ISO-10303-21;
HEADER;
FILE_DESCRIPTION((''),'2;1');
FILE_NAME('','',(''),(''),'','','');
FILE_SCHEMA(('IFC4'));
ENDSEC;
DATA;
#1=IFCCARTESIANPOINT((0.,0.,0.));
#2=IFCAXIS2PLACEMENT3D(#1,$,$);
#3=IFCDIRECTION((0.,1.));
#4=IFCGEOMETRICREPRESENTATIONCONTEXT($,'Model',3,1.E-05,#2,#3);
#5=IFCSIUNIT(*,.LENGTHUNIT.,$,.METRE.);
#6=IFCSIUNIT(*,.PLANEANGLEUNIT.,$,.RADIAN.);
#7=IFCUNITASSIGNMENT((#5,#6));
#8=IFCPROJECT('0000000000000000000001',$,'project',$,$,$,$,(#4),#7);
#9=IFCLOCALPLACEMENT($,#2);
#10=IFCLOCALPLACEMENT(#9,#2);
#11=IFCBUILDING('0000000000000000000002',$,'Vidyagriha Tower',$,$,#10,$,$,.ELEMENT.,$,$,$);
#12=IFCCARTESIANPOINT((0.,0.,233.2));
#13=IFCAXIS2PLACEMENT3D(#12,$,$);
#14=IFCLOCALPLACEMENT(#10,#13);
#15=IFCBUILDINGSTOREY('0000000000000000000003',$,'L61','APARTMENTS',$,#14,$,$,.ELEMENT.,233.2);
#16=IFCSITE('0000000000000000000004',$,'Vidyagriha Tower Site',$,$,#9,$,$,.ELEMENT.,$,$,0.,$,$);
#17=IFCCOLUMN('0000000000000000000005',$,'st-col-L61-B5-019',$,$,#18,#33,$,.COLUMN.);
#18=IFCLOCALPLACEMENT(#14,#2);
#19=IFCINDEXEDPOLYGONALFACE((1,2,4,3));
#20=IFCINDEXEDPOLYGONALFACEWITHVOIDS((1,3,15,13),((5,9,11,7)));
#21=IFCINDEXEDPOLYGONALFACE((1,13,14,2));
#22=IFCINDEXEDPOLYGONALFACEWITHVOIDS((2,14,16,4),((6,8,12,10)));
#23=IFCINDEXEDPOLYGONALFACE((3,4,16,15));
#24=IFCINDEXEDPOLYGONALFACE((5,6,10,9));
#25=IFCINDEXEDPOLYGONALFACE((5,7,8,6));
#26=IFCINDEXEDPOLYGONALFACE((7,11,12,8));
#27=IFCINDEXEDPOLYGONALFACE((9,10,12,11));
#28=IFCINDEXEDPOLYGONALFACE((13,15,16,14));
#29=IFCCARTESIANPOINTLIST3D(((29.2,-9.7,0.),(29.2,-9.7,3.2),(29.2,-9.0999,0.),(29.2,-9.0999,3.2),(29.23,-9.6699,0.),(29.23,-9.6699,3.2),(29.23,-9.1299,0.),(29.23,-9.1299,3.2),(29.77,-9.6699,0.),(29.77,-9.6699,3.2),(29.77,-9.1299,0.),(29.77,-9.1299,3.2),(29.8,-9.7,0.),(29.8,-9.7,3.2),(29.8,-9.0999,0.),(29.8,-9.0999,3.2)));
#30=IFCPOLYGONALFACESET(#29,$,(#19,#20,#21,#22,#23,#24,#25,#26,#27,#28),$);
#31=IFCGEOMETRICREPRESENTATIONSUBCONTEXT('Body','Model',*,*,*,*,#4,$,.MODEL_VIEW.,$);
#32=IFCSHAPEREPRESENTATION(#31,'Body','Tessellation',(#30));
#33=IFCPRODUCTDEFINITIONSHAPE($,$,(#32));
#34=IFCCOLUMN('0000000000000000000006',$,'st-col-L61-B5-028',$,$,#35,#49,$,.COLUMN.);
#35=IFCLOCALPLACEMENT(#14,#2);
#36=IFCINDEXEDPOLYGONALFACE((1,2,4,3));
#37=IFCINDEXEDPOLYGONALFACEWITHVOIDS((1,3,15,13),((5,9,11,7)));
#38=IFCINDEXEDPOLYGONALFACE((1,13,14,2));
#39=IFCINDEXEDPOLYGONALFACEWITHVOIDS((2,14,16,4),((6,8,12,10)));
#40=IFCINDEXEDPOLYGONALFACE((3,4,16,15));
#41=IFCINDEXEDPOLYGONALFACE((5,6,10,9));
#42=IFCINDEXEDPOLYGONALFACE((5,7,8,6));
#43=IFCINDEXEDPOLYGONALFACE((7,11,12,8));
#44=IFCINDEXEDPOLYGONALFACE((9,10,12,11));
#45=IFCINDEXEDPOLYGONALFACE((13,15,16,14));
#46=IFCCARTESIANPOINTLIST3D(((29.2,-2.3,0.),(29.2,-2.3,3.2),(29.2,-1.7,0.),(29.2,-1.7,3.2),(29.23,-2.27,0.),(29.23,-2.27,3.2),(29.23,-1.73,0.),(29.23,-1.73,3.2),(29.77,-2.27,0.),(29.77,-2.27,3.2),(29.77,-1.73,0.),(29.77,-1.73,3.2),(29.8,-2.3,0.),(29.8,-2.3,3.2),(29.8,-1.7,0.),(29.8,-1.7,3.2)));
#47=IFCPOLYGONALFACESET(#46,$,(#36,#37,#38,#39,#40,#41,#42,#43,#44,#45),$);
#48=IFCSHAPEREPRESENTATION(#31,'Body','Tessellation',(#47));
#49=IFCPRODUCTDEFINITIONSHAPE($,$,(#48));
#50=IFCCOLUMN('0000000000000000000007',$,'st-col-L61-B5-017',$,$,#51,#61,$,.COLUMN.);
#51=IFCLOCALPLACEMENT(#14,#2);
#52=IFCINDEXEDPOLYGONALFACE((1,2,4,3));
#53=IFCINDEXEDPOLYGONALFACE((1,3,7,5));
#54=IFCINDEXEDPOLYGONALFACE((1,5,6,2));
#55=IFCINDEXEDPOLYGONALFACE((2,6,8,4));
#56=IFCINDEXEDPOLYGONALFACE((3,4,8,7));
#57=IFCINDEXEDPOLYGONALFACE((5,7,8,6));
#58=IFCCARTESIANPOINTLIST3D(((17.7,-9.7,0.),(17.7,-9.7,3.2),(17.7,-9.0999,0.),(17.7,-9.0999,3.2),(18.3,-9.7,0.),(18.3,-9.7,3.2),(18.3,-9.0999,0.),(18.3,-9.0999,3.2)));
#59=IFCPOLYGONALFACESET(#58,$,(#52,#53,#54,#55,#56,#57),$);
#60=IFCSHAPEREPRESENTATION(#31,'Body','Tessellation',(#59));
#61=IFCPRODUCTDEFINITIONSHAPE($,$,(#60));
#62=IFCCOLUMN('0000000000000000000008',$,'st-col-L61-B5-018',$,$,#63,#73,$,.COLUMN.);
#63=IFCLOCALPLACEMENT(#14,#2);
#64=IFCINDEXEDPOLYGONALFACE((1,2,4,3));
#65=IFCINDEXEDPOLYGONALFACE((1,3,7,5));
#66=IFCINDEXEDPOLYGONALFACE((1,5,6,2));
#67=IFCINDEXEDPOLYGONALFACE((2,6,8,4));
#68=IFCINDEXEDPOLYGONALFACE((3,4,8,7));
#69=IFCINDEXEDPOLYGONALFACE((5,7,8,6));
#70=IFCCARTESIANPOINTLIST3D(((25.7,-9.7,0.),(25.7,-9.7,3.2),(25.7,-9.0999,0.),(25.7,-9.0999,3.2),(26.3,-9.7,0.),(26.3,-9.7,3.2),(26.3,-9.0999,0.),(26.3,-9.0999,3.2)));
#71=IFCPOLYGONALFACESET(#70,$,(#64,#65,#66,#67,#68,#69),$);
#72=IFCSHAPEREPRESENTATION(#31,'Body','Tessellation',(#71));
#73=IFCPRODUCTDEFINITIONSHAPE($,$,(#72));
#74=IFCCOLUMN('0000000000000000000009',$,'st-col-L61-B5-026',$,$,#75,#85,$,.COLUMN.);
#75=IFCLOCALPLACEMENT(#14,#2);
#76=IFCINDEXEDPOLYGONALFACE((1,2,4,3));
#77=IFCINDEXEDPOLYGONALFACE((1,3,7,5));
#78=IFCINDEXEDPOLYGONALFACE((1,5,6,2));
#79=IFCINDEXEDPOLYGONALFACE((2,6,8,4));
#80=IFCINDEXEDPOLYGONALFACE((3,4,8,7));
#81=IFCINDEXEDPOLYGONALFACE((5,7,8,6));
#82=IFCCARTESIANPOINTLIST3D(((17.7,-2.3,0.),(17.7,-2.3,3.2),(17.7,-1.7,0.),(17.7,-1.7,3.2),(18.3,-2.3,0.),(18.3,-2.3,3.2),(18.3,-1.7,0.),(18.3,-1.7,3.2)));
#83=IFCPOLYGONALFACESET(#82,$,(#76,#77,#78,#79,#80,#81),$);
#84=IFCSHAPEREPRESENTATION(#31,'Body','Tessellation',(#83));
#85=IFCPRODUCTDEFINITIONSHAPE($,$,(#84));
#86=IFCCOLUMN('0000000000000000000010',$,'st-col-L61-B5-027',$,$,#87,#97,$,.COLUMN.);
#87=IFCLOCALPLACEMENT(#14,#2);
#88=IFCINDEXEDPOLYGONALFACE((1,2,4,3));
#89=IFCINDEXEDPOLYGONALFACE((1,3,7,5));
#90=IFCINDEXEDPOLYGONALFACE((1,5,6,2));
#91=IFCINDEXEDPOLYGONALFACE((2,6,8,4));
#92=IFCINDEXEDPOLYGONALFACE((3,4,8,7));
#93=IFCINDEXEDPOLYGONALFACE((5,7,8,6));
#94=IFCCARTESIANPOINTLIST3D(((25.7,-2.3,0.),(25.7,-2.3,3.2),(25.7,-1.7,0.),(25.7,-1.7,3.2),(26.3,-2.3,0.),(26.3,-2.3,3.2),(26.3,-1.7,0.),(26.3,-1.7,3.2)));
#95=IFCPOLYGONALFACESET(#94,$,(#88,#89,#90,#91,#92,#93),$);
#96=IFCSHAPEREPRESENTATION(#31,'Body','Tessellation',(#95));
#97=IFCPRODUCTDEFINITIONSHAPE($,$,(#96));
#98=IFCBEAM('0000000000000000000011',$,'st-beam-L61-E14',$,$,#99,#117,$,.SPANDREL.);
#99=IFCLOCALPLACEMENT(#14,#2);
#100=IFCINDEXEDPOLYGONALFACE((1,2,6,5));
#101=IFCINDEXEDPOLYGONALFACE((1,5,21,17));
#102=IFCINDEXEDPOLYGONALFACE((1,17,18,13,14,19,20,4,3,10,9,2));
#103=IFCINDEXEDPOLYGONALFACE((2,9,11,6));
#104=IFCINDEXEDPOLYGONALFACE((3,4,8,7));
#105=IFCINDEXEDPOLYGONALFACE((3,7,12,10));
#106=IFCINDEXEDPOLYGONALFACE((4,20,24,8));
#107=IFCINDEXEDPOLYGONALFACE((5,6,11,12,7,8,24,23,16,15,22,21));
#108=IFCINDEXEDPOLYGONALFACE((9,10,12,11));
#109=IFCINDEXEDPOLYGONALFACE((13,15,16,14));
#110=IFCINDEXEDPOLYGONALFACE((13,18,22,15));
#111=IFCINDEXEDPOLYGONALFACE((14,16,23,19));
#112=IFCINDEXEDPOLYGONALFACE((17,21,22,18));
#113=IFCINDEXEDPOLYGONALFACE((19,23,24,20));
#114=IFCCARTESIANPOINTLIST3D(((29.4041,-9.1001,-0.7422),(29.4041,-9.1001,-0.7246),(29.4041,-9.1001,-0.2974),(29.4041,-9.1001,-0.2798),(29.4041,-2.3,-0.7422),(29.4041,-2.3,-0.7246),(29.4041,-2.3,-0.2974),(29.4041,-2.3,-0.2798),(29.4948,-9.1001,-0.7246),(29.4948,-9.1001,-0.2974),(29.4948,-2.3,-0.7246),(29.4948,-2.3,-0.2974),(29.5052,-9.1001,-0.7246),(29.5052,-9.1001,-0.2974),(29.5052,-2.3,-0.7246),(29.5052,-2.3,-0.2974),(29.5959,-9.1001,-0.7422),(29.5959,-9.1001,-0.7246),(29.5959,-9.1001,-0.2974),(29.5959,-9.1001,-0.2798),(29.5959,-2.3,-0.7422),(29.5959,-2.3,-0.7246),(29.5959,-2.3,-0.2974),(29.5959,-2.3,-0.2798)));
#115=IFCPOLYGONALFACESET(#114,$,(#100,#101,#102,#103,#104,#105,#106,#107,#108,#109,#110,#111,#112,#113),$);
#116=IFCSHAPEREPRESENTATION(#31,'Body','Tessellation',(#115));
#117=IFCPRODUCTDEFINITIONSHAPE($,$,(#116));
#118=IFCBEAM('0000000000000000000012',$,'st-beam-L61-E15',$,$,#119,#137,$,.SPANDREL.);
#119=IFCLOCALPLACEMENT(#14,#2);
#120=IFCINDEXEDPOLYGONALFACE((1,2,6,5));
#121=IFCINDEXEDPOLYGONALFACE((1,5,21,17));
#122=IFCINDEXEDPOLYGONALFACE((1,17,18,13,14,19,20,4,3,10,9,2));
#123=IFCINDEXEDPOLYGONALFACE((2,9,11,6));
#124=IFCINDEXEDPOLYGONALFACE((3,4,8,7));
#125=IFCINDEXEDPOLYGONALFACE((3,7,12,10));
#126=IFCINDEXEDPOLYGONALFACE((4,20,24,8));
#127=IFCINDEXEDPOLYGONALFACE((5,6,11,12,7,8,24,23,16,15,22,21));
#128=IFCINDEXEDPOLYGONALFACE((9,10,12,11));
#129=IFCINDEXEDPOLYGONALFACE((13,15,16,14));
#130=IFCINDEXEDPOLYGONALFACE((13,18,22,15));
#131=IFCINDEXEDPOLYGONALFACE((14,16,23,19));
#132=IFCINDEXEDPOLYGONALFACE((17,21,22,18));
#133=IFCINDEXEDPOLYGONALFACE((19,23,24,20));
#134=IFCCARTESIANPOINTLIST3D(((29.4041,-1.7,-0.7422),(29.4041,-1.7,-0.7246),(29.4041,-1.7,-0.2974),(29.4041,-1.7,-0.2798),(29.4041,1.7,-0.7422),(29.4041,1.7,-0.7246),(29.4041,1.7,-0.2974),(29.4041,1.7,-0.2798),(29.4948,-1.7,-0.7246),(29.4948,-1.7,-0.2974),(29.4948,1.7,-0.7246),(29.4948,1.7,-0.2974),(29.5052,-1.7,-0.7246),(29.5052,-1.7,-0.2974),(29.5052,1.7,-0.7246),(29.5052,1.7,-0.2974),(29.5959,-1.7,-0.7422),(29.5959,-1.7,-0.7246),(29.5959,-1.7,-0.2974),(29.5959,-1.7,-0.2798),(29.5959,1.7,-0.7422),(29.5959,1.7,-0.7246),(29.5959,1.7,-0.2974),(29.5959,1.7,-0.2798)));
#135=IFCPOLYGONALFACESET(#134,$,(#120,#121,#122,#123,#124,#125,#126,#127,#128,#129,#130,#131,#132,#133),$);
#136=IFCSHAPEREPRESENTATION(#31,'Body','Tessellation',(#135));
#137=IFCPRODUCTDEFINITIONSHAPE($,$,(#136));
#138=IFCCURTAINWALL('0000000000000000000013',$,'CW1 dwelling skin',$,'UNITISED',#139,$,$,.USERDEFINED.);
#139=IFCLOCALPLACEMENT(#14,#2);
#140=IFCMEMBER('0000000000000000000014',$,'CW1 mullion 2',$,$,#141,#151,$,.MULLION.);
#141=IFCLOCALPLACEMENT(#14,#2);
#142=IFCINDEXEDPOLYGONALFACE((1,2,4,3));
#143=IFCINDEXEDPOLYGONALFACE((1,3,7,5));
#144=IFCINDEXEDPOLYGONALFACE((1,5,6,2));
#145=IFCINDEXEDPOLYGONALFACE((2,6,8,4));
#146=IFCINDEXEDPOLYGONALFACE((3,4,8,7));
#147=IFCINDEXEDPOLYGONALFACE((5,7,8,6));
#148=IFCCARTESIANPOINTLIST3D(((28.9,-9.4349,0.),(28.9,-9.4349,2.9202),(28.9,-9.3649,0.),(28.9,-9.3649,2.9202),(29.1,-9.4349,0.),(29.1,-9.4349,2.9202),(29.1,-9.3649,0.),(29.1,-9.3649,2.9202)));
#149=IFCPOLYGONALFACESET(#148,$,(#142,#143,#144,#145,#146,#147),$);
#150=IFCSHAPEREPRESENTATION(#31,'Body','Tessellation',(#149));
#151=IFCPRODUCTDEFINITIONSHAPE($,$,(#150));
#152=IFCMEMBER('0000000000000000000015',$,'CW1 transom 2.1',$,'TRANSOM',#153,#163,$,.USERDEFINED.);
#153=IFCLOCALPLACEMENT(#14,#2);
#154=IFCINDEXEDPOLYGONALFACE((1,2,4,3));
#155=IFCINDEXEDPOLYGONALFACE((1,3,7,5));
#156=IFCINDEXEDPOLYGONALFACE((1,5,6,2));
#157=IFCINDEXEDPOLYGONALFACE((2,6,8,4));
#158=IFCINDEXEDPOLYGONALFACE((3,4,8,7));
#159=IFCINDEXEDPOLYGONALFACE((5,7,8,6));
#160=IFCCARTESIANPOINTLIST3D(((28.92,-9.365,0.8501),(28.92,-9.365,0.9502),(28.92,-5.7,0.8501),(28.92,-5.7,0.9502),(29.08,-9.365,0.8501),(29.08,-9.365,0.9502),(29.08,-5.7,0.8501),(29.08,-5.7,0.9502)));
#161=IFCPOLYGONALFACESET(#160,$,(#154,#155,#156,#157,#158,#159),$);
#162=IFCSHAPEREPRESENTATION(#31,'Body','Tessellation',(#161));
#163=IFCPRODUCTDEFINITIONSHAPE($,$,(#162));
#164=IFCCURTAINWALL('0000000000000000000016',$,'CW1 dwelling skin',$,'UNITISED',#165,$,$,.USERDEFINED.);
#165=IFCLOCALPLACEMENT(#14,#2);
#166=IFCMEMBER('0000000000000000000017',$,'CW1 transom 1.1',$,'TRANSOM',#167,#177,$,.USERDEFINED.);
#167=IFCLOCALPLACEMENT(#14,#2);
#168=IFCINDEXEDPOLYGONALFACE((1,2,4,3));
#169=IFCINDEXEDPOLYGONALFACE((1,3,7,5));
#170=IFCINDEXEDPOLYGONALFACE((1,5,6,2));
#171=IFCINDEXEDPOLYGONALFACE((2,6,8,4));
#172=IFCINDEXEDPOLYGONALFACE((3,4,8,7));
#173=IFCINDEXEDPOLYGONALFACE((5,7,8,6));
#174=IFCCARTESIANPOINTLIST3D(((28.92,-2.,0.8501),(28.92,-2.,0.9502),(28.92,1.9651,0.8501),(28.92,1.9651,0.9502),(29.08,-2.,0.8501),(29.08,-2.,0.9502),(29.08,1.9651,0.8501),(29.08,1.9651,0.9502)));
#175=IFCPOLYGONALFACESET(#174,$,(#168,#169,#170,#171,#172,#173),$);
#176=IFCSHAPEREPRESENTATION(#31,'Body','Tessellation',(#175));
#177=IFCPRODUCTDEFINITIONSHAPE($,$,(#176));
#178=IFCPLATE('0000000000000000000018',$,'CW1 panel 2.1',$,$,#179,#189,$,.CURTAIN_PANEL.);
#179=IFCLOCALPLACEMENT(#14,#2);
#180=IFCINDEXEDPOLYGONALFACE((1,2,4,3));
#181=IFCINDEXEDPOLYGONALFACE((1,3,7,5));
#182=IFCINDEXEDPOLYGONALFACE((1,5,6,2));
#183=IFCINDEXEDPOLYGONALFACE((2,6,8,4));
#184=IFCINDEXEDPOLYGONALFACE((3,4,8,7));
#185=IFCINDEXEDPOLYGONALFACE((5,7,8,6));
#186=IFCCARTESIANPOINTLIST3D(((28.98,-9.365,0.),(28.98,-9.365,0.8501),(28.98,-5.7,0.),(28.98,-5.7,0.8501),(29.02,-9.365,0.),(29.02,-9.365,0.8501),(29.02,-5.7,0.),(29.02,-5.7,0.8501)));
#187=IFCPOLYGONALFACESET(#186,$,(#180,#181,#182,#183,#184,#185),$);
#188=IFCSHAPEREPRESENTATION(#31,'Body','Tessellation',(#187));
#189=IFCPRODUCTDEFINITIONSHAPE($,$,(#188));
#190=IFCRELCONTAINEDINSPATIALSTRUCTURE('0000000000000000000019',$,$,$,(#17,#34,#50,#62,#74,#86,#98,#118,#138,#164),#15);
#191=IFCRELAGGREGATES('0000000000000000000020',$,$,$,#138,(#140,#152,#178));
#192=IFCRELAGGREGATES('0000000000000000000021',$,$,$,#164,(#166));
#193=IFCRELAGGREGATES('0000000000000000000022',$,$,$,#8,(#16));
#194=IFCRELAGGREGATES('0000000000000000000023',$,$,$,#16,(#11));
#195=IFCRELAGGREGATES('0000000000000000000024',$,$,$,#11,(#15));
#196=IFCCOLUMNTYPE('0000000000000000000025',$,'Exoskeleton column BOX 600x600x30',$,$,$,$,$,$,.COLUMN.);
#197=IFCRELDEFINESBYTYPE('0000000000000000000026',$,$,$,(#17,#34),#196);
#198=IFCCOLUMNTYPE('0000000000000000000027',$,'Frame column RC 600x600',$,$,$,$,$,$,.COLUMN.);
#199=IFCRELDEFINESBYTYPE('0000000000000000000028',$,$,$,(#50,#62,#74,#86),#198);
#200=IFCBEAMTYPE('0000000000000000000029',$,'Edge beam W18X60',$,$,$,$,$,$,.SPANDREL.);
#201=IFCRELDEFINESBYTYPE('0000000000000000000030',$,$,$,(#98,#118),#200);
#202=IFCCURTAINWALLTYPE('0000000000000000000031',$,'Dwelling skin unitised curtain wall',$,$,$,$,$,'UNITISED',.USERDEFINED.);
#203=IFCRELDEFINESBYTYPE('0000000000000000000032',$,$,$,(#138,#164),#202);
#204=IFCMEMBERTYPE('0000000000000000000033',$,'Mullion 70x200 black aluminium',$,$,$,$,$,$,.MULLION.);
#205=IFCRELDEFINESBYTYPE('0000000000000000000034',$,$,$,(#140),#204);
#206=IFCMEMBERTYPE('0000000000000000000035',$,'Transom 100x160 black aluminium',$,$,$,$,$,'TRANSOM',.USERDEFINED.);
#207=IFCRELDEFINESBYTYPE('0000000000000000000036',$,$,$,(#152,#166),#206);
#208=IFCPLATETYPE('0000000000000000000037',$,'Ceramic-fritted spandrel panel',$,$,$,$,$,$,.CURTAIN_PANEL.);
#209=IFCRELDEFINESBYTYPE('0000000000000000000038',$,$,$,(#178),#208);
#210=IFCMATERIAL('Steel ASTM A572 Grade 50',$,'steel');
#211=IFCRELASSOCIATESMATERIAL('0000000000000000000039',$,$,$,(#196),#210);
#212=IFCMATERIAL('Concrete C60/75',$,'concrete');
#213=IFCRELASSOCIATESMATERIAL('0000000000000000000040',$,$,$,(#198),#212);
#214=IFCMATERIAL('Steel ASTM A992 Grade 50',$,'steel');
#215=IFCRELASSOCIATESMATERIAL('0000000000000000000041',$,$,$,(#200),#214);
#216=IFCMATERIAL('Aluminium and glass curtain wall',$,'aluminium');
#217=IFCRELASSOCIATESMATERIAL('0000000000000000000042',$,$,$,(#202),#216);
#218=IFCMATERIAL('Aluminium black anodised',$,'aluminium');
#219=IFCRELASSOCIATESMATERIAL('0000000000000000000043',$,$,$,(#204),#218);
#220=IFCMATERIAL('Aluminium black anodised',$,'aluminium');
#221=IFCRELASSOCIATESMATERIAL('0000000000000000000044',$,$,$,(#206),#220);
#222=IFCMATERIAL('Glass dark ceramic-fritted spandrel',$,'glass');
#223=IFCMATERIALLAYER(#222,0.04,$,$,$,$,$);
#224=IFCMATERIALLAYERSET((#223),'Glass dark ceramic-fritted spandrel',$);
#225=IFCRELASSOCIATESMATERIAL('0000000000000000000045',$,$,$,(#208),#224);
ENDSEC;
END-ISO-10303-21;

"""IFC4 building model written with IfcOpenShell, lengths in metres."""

from ifc_helpers import new_model, si_unit, direction, frame, origin, origin_2d, place, context, subcontext, project, spatial, rectangle, hollow_rectangle, i_section, extrude, material, layer, layer_set, material_profile, profile_set, type_object, element, aggregate, save


model = new_model("IFC4")

# Units and contexts
model_context = context("Model", 3, precision=1e-05, world=origin(), true_north=direction((0.0, 1.0)))
body_context = subcontext(model_context, "Body", "Model", "MODEL_VIEW")
ifc_project = project(units=[si_unit("LENGTHUNIT", "METRE"), si_unit("PLANEANGLEUNIT", "RADIAN")], contexts=[model_context])

# Site, building, storey
site_placement = place(None, origin())
site = spatial("IfcSite", under=ifc_project, at=site_placement, Name="Vidyagriha Tower Site", CompositionType="ELEMENT", RefElevation=0.0)
building_placement = place(site_placement, origin())
building = spatial("IfcBuilding", under=site, at=building_placement, Name="Vidyagriha Tower", CompositionType="ELEMENT")
storey_placement = place(building_placement, frame((0.0, 0.0, 233.2)))
storey = spatial("IfcBuildingStorey", under=building, at=storey_placement, Name="L61", Description="APARTMENTS", CompositionType="ELEMENT", Elevation=233.2)

# Columns
ifc_material_1 = material(Name="Steel ASTM A572 Grade 50", Category="steel")
ifc_material_profile_1 = material_profile(ifc_material_1, hollow_rectangle(XDim=0.6001, YDim=0.6001, WallThickness=0.03, at=origin_2d()), Name="BOX 600x600x30")
ifc_profile_set_1 = profile_set([ifc_material_profile_1], Name="Steel ASTM A572 Grade 50")
column_type_1 = type_object("IfcColumnType", Name="Exoskeleton column BOX 600x600x30", PredefinedType="COLUMN", material=ifc_profile_set_1)
for number, where, name in (
    (1, (29.5, -9.3999, 0.0), "st-col-L61-B5-019"),
    (2, (29.5, -2.0, 0.0), "st-col-L61-B5-028"),
):
    element("IfcColumn", number, at=place(storey_placement, frame(where)), inside=storey, type_object=column_type_1, Name=name, PredefinedType="COLUMN", context=body_context, shape_type="SweptSolid", body=[
        extrude(hollow_rectangle(XDim=0.6001, YDim=0.6001, WallThickness=0.03, at=origin_2d()), origin(), (0.0, 0.0, 1.0), 3.2),
    ])
ifc_material_2 = material(Name="Concrete C60/75", Category="concrete")
ifc_material_profile_2 = material_profile(ifc_material_2, rectangle(XDim=0.6001, YDim=0.6001, at=origin_2d()), Name="RC 600x600")
ifc_profile_set_2 = profile_set([ifc_material_profile_2], Name="Concrete C60/75")
column_type_2 = type_object("IfcColumnType", Name="Frame column RC 600x600", PredefinedType="COLUMN", material=ifc_profile_set_2)
for number, where, name in (
    (3, (18.0, -9.3999, 0.0), "st-col-L61-B5-017"),
    (4, (26.0, -9.3999, 0.0), "st-col-L61-B5-018"),
    (5, (18.0, -2.0, 0.0), "st-col-L61-B5-026"),
    (6, (26.0, -2.0, 0.0), "st-col-L61-B5-027"),
):
    element("IfcColumn", number, at=place(storey_placement, frame(where)), inside=storey, type_object=column_type_2, Name=name, PredefinedType="COLUMN", context=body_context, shape_type="SweptSolid", body=[
        extrude(rectangle(XDim=0.6001, YDim=0.6001, at=origin_2d()), origin(), (0.0, 0.0, 1.0), 3.2),
    ])

# Beams
ifc_material_3 = material(Name="Steel ASTM A992 Grade 50", Category="steel")
ifc_material_profile_3 = material_profile(ifc_material_3, i_section(OverallWidth=0.1919, OverallDepth=0.4624, WebThickness=0.0105, FlangeThickness=0.0176, at=origin_2d()), Name="W18X60")
ifc_profile_set_3 = profile_set([ifc_material_profile_3], Name="Steel ASTM A992 Grade 50")
beam_type = type_object("IfcBeamType", Name="Edge beam W18X60", PredefinedType="SPANDREL", material=ifc_profile_set_3)
beam_1_placement = place(storey_placement, frame((29.5, -9.1001, -0.511), z_axis=(0.0, 1.0, 0.0), x_axis=(-1.0, 0.0, 0.0)))
element("IfcBeam", 7, at=beam_1_placement, inside=storey, type_object=beam_type, Name="st-beam-L61-E14", PredefinedType="SPANDREL", context=body_context, shape_type="SweptSolid", body=[
    extrude(i_section(OverallWidth=0.1919, OverallDepth=0.4624, WebThickness=0.0105, FlangeThickness=0.0176, at=origin_2d()), origin(), (0.0, 0.0, 1.0), 6.8),
])
beam_2_placement = place(storey_placement, frame((29.5, -1.7, -0.511), z_axis=(0.0, 1.0, 0.0), x_axis=(-1.0, 0.0, 0.0)))
element("IfcBeam", 8, at=beam_2_placement, inside=storey, type_object=beam_type, Name="st-beam-L61-E15", PredefinedType="SPANDREL", context=body_context, shape_type="SweptSolid", body=[
    extrude(i_section(OverallWidth=0.1919, OverallDepth=0.4624, WebThickness=0.0105, FlangeThickness=0.0176, at=origin_2d()), origin(), (0.0, 0.0, 1.0), 3.3999),
])

# Curtain wall, members
ifc_material_4 = material(Name="Aluminium and glass curtain wall", Category="aluminium")
curtain_wall_type = type_object("IfcCurtainWallType", Name="Dwelling skin unitised curtain wall", ElementType="UNITISED", PredefinedType="USERDEFINED", material=ifc_material_4)
curtain_wall_1_placement = place(storey_placement, origin())
curtain_wall_1 = element("IfcCurtainWall", 9, at=curtain_wall_1_placement, inside=storey, type_object=curtain_wall_type, Name="CW1 dwelling skin", ObjectType="UNITISED", PredefinedType="USERDEFINED")
ifc_material_5 = material(Name="Aluminium black anodised", Category="aluminium")
ifc_material_profile_4 = material_profile(ifc_material_5, rectangle(XDim=0.2, YDim=0.0701, at=origin_2d()), Name="Mullion 70x200 black aluminium")
ifc_profile_set_4 = profile_set([ifc_material_profile_4], Name="Aluminium black anodised")
member_type_1 = type_object("IfcMemberType", Name="Mullion 70x200 black aluminium", PredefinedType="MULLION", material=ifc_profile_set_4)
member_1_placement = place(storey_placement, frame((29.0, -9.3999, 0.0), z_axis=(0.0, 0.0, 1.0), x_axis=(-1.0, 0.0, 0.0)))
member_1 = element("IfcMember", 10, at=member_1_placement, type_object=member_type_1, Name="CW1 mullion 2", PredefinedType="MULLION", context=body_context, shape_type="SweptSolid", body=[
    extrude(rectangle(XDim=0.2, YDim=0.0701, at=origin_2d()), origin(), (0.0, 0.0, 1.0), 2.9202),
])
ifc_material_6 = material(Name="Aluminium black anodised", Category="aluminium")
ifc_material_profile_5 = material_profile(ifc_material_6, rectangle(XDim=0.1599, YDim=0.1001, at=origin_2d()), Name="Transom 100x160 black aluminium")
ifc_profile_set_5 = profile_set([ifc_material_profile_5], Name="Aluminium black anodised")
member_type_2 = type_object("IfcMemberType", Name="Transom 100x160 black aluminium", ElementType="TRANSOM", PredefinedType="USERDEFINED", material=ifc_profile_set_5)
member_2_placement = place(storey_placement, frame((29.0, -9.365, 0.9001), z_axis=(0.0, 1.0, 0.0), x_axis=(-1.0, 0.0, 0.0)))
member_2 = element("IfcMember", 11, at=member_2_placement, type_object=member_type_2, Name="CW1 transom 2.1", ObjectType="TRANSOM", PredefinedType="USERDEFINED", context=body_context, shape_type="SweptSolid", body=[
    extrude(rectangle(XDim=0.1599, YDim=0.1001, at=origin_2d()), origin(), (0.0, 0.0, 1.0), 3.665),
])

# Curtain wall, member
curtain_wall_2_placement = place(storey_placement, origin())
curtain_wall_2 = element("IfcCurtainWall", 12, at=curtain_wall_2_placement, inside=storey, type_object=curtain_wall_type, Name="CW1 dwelling skin", ObjectType="UNITISED", PredefinedType="USERDEFINED")
member_3_placement = place(storey_placement, frame((29.0, -2.0, 0.9001), z_axis=(0.0, 1.0, 0.0), x_axis=(-1.0, 0.0, 0.0)))
member_3 = element("IfcMember", 13, at=member_3_placement, type_object=member_type_2, Name="CW1 transom 1.1", ObjectType="TRANSOM", PredefinedType="USERDEFINED", context=body_context, shape_type="SweptSolid", body=[
    extrude(rectangle(XDim=0.1599, YDim=0.1001, at=origin_2d()), origin(), (0.0, 0.0, 1.0), 3.9651),
])

# Plate
ifc_material_7 = material(Name="Glass dark ceramic-fritted spandrel", Category="glass")
ifc_layer_1 = layer(ifc_material_7, 0.04)
ifc_layer_set_1 = layer_set([ifc_layer_1], Name="Glass dark ceramic-fritted spandrel")
plate_type_1 = type_object("IfcPlateType", Name="Ceramic-fritted spandrel panel", PredefinedType="CURTAIN_PANEL", material=ifc_layer_set_1)
plate_1_placement = place(storey_placement, frame((29.0, -7.5325, 0.0), z_axis=(0.0, 0.0, 1.0), x_axis=(0.0, 1.0, 0.0)))
plate_1 = element("IfcPlate", 14, at=plate_1_placement, type_object=plate_type_1, Name="CW1 panel 2.1", PredefinedType="CURTAIN_PANEL", context=body_context, shape_type="SweptSolid", body=[
    extrude(rectangle(XDim=3.665, YDim=0.04, at=origin_2d()), origin(), (0.0, 0.0, 1.0), 0.8501),
])
aggregate(curtain_wall_1, [member_1, member_2, plate_1])
aggregate(curtain_wall_2, [member_3])

save(model, "model.ifc")
